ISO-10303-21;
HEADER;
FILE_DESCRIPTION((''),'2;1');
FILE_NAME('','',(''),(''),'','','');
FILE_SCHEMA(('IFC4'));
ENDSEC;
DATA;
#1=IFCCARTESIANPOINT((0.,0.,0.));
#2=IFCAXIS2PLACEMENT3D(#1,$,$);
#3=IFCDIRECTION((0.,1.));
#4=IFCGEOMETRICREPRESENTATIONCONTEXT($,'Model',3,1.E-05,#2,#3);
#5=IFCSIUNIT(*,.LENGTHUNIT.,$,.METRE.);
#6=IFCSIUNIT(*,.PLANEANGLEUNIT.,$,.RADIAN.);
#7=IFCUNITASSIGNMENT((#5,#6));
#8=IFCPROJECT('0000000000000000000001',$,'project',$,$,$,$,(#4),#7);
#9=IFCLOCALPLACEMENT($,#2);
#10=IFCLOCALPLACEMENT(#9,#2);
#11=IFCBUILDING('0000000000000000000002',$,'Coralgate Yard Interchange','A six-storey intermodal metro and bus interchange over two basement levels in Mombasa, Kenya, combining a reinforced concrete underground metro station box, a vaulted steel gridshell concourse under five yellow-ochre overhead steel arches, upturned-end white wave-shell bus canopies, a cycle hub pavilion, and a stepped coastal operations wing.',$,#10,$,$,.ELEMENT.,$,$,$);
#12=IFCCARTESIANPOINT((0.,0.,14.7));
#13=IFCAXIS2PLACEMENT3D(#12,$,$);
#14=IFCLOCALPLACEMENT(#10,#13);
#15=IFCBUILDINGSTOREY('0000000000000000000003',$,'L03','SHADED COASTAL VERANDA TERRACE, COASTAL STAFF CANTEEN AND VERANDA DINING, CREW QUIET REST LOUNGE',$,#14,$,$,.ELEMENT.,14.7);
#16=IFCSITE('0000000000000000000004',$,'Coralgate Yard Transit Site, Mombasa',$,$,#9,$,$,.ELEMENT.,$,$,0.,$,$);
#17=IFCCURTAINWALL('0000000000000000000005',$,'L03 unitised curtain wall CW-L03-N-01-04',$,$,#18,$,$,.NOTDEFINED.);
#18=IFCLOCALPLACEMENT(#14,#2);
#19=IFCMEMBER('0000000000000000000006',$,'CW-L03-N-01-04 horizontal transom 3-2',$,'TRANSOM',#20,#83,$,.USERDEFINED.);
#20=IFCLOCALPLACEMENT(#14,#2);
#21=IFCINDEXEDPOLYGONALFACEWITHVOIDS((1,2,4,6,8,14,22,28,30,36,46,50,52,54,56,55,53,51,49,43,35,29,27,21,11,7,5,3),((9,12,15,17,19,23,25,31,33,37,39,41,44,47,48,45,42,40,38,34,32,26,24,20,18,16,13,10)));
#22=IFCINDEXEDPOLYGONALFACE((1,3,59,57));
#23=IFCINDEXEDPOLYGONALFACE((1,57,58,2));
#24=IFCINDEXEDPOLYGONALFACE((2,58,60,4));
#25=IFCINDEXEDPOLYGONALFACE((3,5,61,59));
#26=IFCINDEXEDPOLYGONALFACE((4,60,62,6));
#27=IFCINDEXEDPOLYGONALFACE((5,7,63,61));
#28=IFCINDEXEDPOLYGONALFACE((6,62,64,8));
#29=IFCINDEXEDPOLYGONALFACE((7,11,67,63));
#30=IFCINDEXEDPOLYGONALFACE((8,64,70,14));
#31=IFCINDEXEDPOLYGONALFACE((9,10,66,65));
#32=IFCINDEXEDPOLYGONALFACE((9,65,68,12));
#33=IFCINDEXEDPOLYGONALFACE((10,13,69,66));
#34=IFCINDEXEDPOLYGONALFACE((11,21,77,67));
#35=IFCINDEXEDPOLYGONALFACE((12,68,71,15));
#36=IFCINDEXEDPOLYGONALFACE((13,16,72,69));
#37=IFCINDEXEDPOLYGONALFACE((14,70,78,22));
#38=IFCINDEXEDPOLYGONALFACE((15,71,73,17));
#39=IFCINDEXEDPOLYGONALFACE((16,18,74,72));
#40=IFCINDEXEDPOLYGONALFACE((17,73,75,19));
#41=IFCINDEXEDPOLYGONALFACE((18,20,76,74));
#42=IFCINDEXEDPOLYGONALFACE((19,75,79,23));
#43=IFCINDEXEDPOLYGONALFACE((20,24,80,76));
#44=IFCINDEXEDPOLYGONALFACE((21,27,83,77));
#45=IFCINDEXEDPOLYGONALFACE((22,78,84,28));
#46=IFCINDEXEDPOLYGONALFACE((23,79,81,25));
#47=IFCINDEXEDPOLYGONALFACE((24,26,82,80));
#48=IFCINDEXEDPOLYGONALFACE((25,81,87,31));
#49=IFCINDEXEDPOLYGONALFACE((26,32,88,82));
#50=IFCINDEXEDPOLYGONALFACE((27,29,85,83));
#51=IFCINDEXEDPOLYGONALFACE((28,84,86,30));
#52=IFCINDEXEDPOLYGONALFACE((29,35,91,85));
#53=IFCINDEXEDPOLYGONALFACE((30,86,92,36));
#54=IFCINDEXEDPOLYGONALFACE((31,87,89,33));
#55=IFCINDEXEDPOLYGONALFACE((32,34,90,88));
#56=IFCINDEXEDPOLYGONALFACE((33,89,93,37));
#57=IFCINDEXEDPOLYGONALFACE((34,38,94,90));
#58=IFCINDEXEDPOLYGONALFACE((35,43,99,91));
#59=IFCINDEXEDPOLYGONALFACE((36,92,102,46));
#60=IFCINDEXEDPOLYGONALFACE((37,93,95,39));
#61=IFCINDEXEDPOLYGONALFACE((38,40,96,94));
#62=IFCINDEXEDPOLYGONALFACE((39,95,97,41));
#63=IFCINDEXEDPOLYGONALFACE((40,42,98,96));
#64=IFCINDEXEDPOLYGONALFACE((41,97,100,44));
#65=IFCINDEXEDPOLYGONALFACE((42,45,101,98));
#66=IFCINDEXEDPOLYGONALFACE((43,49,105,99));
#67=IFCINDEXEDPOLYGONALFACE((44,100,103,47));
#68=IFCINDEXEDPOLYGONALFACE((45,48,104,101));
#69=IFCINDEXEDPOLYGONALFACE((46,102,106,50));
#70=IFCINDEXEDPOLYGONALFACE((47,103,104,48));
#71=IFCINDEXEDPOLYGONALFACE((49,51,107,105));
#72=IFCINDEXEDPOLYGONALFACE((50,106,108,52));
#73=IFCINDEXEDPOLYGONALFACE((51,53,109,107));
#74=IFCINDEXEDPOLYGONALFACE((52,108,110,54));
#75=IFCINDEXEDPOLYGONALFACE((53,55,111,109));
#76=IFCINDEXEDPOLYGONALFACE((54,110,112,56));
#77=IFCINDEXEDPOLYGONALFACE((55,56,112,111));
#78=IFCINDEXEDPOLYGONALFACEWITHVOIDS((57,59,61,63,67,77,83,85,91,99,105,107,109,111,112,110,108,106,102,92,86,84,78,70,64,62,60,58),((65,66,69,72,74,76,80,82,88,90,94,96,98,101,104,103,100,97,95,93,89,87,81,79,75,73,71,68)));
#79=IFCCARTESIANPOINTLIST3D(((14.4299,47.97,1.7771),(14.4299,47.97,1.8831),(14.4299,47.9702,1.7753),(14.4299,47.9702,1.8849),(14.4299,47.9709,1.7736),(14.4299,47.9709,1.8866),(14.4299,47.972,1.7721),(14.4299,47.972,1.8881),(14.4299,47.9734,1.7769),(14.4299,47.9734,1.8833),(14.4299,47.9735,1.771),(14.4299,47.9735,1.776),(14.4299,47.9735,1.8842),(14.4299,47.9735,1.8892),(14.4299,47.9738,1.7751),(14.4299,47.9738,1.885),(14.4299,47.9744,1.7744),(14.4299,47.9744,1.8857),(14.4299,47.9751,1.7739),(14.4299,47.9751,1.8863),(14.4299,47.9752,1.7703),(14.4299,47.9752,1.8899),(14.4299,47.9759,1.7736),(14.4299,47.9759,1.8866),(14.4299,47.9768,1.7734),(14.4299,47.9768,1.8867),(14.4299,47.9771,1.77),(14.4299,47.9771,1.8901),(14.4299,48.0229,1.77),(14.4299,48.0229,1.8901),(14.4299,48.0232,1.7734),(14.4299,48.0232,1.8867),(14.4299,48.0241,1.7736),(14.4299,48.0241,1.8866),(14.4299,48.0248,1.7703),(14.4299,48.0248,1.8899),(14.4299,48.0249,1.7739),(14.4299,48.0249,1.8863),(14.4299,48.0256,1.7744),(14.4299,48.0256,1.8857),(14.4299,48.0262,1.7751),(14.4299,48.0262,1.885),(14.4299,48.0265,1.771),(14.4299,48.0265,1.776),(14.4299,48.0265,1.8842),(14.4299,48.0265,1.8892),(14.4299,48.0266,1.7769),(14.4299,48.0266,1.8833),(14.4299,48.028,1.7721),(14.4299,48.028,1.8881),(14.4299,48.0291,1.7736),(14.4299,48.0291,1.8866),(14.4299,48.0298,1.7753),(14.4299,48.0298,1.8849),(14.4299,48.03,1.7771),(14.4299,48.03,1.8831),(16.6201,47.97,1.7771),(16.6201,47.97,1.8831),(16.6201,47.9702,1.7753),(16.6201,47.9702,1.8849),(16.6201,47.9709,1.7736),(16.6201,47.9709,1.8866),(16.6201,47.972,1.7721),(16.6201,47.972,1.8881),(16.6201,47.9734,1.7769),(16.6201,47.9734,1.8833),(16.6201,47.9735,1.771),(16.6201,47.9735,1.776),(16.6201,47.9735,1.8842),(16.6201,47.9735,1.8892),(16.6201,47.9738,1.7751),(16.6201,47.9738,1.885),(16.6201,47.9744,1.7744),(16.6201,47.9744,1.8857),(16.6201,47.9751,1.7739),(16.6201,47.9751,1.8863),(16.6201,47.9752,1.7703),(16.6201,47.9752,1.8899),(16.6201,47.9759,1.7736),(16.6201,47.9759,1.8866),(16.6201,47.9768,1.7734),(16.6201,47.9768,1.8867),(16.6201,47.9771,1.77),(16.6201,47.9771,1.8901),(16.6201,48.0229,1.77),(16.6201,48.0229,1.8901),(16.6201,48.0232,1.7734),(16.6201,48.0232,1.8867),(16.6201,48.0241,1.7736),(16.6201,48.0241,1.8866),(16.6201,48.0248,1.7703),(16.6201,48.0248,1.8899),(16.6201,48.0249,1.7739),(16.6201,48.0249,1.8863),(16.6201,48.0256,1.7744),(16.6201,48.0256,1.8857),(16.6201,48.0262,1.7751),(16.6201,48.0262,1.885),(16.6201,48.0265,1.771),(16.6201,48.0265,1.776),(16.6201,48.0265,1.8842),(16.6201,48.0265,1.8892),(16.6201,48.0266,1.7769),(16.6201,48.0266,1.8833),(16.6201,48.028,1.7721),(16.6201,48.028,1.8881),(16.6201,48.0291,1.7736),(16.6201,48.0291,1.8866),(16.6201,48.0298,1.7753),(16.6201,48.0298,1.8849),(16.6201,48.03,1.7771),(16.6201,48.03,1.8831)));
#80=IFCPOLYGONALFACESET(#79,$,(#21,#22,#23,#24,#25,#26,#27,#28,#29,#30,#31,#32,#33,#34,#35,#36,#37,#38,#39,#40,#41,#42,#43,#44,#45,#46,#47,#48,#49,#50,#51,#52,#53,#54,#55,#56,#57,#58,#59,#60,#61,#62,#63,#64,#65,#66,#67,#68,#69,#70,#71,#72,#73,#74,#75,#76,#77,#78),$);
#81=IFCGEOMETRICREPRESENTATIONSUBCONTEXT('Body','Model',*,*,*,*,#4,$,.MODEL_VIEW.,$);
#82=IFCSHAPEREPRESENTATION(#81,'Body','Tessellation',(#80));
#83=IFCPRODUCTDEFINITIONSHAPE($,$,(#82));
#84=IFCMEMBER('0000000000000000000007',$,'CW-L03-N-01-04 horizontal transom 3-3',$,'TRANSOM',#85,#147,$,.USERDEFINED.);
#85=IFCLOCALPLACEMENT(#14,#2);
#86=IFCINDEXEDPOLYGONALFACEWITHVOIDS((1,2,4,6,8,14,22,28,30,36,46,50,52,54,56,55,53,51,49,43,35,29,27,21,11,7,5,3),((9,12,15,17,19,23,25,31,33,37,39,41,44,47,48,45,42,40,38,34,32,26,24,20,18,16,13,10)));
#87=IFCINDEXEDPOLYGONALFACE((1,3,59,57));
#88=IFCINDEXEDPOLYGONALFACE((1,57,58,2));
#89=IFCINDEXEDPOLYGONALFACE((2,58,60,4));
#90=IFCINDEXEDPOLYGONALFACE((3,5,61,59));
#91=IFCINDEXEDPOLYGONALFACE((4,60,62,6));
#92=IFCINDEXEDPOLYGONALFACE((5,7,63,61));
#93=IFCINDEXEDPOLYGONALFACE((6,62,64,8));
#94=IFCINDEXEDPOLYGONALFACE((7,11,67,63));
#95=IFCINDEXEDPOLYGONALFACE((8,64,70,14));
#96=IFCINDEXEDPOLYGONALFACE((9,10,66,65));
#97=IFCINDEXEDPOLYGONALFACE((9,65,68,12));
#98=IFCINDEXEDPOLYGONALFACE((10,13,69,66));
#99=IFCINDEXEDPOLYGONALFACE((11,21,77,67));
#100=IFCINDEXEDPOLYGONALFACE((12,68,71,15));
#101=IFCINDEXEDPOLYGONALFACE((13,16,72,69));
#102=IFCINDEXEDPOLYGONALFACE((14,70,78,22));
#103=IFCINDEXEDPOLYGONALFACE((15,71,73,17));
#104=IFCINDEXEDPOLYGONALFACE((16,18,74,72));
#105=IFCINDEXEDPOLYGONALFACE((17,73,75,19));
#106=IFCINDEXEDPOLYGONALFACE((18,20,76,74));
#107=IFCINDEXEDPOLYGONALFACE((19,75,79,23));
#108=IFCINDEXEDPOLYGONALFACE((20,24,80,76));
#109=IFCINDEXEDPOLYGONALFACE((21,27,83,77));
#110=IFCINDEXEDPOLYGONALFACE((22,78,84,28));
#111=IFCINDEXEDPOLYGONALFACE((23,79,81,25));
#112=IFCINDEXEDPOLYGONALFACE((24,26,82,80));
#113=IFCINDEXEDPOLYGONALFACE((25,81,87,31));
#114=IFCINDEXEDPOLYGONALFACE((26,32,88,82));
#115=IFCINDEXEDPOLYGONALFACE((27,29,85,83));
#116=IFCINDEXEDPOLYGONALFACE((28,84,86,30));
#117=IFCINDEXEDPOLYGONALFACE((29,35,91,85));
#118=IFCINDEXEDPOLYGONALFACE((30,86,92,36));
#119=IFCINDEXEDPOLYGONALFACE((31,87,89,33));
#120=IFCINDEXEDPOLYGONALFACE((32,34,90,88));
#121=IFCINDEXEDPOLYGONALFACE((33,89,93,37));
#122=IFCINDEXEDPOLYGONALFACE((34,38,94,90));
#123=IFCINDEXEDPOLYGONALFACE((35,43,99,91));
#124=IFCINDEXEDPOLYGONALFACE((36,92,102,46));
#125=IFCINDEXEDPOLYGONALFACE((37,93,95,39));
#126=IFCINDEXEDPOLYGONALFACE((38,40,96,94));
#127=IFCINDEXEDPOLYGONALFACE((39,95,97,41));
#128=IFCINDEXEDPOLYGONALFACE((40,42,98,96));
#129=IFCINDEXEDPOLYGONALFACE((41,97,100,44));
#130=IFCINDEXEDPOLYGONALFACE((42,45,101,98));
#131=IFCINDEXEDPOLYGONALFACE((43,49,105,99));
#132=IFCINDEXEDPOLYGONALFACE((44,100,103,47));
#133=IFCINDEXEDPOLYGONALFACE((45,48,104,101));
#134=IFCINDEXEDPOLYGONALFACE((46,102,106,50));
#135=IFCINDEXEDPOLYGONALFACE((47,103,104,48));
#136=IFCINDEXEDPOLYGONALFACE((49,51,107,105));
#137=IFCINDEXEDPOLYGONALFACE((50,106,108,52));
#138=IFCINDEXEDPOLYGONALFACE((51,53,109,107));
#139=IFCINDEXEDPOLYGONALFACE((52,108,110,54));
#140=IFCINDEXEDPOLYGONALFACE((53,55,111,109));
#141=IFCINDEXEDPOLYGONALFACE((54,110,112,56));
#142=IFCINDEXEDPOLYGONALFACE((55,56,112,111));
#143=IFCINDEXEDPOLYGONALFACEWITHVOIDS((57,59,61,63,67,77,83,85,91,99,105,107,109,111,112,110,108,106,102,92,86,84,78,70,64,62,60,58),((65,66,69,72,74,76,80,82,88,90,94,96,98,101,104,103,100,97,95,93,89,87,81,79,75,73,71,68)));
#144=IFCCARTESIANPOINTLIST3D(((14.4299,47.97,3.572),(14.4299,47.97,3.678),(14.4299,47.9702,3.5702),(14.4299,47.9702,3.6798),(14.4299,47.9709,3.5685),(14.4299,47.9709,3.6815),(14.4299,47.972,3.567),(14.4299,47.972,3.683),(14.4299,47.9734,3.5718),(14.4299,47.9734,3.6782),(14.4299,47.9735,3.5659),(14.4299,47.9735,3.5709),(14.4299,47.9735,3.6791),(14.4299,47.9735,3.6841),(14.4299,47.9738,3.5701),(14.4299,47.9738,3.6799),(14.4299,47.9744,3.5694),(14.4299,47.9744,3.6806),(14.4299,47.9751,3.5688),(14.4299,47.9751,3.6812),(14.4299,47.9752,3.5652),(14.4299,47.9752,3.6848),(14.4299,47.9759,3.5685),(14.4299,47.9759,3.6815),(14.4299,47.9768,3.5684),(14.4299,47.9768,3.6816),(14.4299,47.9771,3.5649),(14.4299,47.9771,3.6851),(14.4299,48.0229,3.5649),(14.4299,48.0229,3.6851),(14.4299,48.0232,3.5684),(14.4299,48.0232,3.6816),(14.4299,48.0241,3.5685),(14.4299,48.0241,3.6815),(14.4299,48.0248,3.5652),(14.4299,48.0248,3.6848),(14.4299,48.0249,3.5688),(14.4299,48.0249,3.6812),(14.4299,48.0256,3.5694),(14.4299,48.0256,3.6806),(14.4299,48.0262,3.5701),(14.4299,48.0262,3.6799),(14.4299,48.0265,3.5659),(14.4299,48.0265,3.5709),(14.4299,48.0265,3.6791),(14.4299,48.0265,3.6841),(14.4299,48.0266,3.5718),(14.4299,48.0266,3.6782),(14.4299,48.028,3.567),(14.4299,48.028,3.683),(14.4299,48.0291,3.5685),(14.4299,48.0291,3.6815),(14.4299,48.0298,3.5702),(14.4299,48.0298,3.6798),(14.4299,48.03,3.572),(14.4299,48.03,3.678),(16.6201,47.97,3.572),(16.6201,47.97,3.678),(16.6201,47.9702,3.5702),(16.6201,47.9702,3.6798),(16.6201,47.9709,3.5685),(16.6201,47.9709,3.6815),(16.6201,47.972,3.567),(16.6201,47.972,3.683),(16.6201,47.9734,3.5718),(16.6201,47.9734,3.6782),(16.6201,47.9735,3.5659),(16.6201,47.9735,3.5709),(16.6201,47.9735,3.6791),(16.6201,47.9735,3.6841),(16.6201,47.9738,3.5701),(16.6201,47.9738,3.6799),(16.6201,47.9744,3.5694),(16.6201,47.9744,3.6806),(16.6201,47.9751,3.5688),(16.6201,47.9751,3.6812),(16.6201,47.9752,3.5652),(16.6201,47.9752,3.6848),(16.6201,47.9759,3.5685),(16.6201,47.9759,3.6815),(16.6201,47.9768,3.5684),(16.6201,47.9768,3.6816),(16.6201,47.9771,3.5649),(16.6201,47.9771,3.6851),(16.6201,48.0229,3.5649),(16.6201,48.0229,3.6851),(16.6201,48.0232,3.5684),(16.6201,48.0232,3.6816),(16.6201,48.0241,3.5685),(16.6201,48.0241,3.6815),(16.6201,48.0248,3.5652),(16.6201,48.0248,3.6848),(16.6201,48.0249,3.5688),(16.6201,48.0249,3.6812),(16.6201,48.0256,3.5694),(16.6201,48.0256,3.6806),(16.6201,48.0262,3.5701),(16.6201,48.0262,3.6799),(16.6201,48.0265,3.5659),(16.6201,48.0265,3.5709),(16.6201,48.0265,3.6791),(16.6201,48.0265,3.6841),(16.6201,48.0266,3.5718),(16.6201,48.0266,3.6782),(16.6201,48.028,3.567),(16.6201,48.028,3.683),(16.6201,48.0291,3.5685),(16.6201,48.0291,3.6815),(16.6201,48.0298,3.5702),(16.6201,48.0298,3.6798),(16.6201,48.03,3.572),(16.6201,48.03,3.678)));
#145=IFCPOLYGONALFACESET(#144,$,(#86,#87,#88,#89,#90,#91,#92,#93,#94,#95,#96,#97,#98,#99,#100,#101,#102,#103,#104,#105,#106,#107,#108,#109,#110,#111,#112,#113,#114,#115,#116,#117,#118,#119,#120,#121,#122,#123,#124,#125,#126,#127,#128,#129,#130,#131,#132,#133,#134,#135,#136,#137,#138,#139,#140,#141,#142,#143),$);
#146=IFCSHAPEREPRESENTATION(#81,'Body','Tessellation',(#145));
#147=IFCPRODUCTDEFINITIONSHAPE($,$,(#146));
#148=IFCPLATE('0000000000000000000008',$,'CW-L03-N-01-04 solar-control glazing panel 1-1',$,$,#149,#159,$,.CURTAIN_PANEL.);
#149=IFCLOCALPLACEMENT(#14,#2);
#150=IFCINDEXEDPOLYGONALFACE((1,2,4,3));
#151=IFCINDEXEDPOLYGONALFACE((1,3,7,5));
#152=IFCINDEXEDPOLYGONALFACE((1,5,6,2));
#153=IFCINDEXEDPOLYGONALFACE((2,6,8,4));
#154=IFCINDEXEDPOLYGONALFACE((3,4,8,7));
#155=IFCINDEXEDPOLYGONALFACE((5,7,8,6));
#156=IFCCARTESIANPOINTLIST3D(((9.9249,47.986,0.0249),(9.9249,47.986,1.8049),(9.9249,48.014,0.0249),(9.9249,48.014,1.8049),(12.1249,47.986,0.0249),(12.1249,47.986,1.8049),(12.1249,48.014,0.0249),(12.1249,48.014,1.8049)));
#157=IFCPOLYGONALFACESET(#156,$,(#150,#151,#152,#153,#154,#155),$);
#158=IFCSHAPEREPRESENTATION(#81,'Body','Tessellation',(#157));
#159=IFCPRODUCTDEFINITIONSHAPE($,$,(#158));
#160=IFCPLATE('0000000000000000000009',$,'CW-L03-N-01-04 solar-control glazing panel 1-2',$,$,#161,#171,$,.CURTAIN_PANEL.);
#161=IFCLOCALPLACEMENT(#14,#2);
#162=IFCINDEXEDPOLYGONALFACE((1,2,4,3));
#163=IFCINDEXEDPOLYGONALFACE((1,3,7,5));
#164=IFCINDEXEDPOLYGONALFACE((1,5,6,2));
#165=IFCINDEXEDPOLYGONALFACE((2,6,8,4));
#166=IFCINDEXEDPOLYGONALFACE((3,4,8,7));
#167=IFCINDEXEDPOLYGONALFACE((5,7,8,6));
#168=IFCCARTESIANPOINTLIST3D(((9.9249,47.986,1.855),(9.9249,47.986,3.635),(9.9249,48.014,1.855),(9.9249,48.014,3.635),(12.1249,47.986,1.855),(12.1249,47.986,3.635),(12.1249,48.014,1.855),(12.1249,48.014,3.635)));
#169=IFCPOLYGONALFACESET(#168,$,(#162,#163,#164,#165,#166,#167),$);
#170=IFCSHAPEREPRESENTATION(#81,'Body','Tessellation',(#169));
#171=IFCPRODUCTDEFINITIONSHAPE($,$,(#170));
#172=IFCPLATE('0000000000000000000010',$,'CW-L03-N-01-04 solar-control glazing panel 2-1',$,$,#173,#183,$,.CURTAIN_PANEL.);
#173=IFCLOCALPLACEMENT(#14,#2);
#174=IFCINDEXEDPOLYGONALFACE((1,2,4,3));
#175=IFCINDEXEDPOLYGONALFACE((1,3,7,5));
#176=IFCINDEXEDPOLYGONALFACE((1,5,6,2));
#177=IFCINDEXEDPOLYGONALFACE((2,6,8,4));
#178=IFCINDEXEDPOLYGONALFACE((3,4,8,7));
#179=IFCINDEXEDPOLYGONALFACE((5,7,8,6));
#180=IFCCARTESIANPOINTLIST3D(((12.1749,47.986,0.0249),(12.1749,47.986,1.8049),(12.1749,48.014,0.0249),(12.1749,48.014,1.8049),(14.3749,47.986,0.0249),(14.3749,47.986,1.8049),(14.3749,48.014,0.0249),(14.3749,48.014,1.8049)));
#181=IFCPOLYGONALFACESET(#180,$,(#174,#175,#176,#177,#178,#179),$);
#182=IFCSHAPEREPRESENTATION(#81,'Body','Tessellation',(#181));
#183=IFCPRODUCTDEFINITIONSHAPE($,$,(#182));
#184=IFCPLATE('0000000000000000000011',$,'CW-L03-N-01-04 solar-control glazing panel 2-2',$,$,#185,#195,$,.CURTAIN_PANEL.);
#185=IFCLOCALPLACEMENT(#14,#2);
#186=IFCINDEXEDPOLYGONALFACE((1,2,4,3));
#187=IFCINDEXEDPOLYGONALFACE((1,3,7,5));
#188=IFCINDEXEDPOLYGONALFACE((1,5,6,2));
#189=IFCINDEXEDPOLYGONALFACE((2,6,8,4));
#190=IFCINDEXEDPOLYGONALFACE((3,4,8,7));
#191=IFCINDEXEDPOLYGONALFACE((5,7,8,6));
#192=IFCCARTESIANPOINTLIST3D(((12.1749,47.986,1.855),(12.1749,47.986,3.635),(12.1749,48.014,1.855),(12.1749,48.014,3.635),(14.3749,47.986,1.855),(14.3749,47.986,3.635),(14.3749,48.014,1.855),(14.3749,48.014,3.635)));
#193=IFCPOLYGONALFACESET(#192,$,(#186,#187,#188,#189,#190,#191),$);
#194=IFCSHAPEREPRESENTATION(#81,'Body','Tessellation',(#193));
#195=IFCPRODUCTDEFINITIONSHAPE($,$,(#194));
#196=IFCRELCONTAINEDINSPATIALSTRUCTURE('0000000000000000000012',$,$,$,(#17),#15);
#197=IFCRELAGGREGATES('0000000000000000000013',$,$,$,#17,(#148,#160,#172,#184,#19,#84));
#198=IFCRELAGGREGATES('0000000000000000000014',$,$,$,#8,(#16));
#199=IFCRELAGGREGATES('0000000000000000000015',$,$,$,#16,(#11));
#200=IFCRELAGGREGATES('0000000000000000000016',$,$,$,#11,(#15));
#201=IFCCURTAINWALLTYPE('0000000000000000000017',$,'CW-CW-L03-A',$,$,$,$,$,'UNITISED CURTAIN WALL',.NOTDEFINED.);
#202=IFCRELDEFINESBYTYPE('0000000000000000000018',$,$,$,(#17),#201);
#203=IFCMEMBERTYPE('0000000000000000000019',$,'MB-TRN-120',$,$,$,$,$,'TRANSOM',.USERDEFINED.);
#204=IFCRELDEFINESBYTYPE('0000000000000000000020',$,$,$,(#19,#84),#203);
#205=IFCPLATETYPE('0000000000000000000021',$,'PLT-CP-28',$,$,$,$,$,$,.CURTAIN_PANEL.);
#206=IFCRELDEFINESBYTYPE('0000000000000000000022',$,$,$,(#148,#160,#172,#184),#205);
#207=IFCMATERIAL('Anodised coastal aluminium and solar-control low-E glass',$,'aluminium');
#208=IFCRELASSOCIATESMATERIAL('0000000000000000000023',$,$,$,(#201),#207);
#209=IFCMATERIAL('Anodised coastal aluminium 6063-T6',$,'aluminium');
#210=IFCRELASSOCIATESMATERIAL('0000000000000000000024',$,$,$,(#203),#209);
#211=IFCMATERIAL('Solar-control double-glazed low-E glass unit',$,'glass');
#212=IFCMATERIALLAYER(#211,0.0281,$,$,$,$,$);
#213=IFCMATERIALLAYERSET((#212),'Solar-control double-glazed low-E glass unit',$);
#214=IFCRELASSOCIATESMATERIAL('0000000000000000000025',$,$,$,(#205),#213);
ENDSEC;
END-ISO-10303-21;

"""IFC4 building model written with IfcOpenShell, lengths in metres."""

from ifc_helpers import new_model, si_unit, direction, frame, origin, origin_2d, place, context, subcontext, project, spatial, rectangle, hollow_rectangle, extrude, material, layer, layer_set, material_profile, profile_set, type_object, element, aggregate, save


model = new_model("IFC4")

# Units and contexts
model_context = context("Model", 3, precision=1e-05, world=origin(), true_north=direction((0.0, 1.0)))
body_context = subcontext(model_context, "Body", "Model", "MODEL_VIEW")
ifc_project = project(units=[si_unit("LENGTHUNIT", "METRE"), si_unit("PLANEANGLEUNIT", "RADIAN")], contexts=[model_context])

# Site, building, storey
site_placement = place(None, origin())
site = spatial("IfcSite", under=ifc_project, at=site_placement, Name="Coralgate Yard Transit Site, Mombasa", CompositionType="ELEMENT", RefElevation=0.0)
building_placement = place(site_placement, origin())
building = spatial("IfcBuilding", under=site, at=building_placement, Name="Coralgate Yard Interchange", Description="A six-storey intermodal metro and bus interchange over two basement levels in Mombasa, Kenya, combining a reinforced concrete underground metro station box, a vaulted steel gridshell concourse under five yellow-ochre overhead steel arches, upturned-end white wave-shell bus canopies, a cycle hub pavilion, and a stepped coastal operations wing.", CompositionType="ELEMENT")
storey_placement = place(building_placement, frame((0.0, 0.0, 14.7)))
storey = spatial("IfcBuildingStorey", under=building, at=storey_placement, Name="L03", Description="SHADED COASTAL VERANDA TERRACE, COASTAL STAFF CANTEEN AND VERANDA DINING, CREW QUIET REST LOUNGE", CompositionType="ELEMENT", Elevation=14.7)

# Curtain wall, members, plates
ifc_material_1 = material(Name="Anodised coastal aluminium and solar-control low-E glass", Category="aluminium")
curtain_wall_type = type_object("IfcCurtainWallType", Name="CW-CW-L03-A", ElementType="UNITISED CURTAIN WALL", PredefinedType="NOTDEFINED", material=ifc_material_1)
curtain_wall_placement = place(storey_placement, origin())
curtain_wall = element("IfcCurtainWall", 1, at=curtain_wall_placement, inside=storey, type_object=curtain_wall_type, Name="L03 unitised curtain wall CW-L03-N-01-04", PredefinedType="NOTDEFINED")
ifc_material_2 = material(Name="Anodised coastal aluminium 6063-T6", Category="aluminium")
ifc_material_profile_1 = material_profile(ifc_material_2, hollow_rectangle(XDim=0.0601, YDim=0.1201, WallThickness=0.0034, InnerFilletRadius=0.0034, OuterFilletRadius=0.0071, at=origin_2d()), Name="ALU 60x120x3.5")
ifc_profile_set_1 = profile_set([ifc_material_profile_1], Name="Anodised coastal aluminium 6063-T6")
member_type_1 = type_object("IfcMemberType", Name="MB-TRN-120", ElementType="TRANSOM", PredefinedType="USERDEFINED", material=ifc_profile_set_1)
member_1_placement = place(storey_placement, frame((14.4299, 48.0, 1.8301), z_axis=(1.0, 0.0, 0.0), x_axis=(0.0, 1.0, 0.0)))
member_1 = element("IfcMember", 2, at=member_1_placement, type_object=member_type_1, Name="CW-L03-N-01-04 horizontal transom 3-2", ObjectType="TRANSOM", PredefinedType="USERDEFINED", context=body_context, shape_type="SweptSolid", body=[
    extrude(hollow_rectangle(XDim=0.0601, YDim=0.1201, WallThickness=0.0034, InnerFilletRadius=0.0034, OuterFilletRadius=0.0071, at=origin_2d()), origin(), (0.0, 0.0, 1.0), 2.1902),
])
member_2_placement = place(storey_placement, frame((14.4299, 48.0, 3.625), z_axis=(1.0, 0.0, 0.0), x_axis=(0.0, 1.0, 0.0)))
member_2 = element("IfcMember", 3, at=member_2_placement, type_object=member_type_1, Name="CW-L03-N-01-04 horizontal transom 3-3", ObjectType="TRANSOM", PredefinedType="USERDEFINED", context=body_context, shape_type="SweptSolid", body=[
    extrude(hollow_rectangle(XDim=0.0601, YDim=0.1201, WallThickness=0.0034, InnerFilletRadius=0.0034, OuterFilletRadius=0.0071, at=origin_2d()), origin(), (0.0, 0.0, 1.0), 2.1902),
])
ifc_material_3 = material(Name="Solar-control double-glazed low-E glass unit", Category="glass")
ifc_layer_1 = layer(ifc_material_3, 0.0281)
ifc_layer_set_1 = layer_set([ifc_layer_1], Name="Solar-control double-glazed low-E glass unit")
plate_type = type_object("IfcPlateType", Name="PLT-CP-28", PredefinedType="CURTAIN_PANEL", material=ifc_layer_set_1)
plate_1_placement = place(storey_placement, frame((11.0249, 48.0, 0.0249), z_axis=(0.0, 0.0, 1.0), x_axis=(1.0, 0.0, 0.0)))
plate_1 = element("IfcPlate", 4, at=plate_1_placement, type_object=plate_type, Name="CW-L03-N-01-04 solar-control glazing panel 1-1", PredefinedType="CURTAIN_PANEL", context=body_context, shape_type="SweptSolid", body=[
    extrude(rectangle(XDim=2.2, YDim=0.0281, at=origin_2d()), origin(), (0.0, 0.0, 1.0), 1.78),
])
plate_2_placement = place(storey_placement, frame((11.0249, 48.0, 1.855), z_axis=(0.0, 0.0, 1.0), x_axis=(1.0, 0.0, 0.0)))
plate_2 = element("IfcPlate", 5, at=plate_2_placement, type_object=plate_type, Name="CW-L03-N-01-04 solar-control glazing panel 1-2", PredefinedType="CURTAIN_PANEL", context=body_context, shape_type="SweptSolid", body=[
    extrude(rectangle(XDim=2.2, YDim=0.0281, at=origin_2d()), origin(), (0.0, 0.0, 1.0), 1.78),
])
plate_3_placement = place(storey_placement, frame((13.2749, 48.0, 0.0249), z_axis=(0.0, 0.0, 1.0), x_axis=(1.0, 0.0, 0.0)))
plate_3 = element("IfcPlate", 6, at=plate_3_placement, type_object=plate_type, Name="CW-L03-N-01-04 solar-control glazing panel 2-1", PredefinedType="CURTAIN_PANEL", context=body_context, shape_type="SweptSolid", body=[
    extrude(rectangle(XDim=2.2, YDim=0.0281, at=origin_2d()), origin(), (0.0, 0.0, 1.0), 1.78),
])
plate_4_placement = place(storey_placement, frame((13.2749, 48.0, 1.855), z_axis=(0.0, 0.0, 1.0), x_axis=(1.0, 0.0, 0.0)))
plate_4 = element("IfcPlate", 7, at=plate_4_placement, type_object=plate_type, Name="CW-L03-N-01-04 solar-control glazing panel 2-2", PredefinedType="CURTAIN_PANEL", context=body_context, shape_type="SweptSolid", body=[
    extrude(rectangle(XDim=2.2, YDim=0.0281, at=origin_2d()), origin(), (0.0, 0.0, 1.0), 1.78),
])
aggregate(curtain_wall, [plate_1, plate_2, plate_3, plate_4, member_1, member_2])

save(model, "model.ifc")
